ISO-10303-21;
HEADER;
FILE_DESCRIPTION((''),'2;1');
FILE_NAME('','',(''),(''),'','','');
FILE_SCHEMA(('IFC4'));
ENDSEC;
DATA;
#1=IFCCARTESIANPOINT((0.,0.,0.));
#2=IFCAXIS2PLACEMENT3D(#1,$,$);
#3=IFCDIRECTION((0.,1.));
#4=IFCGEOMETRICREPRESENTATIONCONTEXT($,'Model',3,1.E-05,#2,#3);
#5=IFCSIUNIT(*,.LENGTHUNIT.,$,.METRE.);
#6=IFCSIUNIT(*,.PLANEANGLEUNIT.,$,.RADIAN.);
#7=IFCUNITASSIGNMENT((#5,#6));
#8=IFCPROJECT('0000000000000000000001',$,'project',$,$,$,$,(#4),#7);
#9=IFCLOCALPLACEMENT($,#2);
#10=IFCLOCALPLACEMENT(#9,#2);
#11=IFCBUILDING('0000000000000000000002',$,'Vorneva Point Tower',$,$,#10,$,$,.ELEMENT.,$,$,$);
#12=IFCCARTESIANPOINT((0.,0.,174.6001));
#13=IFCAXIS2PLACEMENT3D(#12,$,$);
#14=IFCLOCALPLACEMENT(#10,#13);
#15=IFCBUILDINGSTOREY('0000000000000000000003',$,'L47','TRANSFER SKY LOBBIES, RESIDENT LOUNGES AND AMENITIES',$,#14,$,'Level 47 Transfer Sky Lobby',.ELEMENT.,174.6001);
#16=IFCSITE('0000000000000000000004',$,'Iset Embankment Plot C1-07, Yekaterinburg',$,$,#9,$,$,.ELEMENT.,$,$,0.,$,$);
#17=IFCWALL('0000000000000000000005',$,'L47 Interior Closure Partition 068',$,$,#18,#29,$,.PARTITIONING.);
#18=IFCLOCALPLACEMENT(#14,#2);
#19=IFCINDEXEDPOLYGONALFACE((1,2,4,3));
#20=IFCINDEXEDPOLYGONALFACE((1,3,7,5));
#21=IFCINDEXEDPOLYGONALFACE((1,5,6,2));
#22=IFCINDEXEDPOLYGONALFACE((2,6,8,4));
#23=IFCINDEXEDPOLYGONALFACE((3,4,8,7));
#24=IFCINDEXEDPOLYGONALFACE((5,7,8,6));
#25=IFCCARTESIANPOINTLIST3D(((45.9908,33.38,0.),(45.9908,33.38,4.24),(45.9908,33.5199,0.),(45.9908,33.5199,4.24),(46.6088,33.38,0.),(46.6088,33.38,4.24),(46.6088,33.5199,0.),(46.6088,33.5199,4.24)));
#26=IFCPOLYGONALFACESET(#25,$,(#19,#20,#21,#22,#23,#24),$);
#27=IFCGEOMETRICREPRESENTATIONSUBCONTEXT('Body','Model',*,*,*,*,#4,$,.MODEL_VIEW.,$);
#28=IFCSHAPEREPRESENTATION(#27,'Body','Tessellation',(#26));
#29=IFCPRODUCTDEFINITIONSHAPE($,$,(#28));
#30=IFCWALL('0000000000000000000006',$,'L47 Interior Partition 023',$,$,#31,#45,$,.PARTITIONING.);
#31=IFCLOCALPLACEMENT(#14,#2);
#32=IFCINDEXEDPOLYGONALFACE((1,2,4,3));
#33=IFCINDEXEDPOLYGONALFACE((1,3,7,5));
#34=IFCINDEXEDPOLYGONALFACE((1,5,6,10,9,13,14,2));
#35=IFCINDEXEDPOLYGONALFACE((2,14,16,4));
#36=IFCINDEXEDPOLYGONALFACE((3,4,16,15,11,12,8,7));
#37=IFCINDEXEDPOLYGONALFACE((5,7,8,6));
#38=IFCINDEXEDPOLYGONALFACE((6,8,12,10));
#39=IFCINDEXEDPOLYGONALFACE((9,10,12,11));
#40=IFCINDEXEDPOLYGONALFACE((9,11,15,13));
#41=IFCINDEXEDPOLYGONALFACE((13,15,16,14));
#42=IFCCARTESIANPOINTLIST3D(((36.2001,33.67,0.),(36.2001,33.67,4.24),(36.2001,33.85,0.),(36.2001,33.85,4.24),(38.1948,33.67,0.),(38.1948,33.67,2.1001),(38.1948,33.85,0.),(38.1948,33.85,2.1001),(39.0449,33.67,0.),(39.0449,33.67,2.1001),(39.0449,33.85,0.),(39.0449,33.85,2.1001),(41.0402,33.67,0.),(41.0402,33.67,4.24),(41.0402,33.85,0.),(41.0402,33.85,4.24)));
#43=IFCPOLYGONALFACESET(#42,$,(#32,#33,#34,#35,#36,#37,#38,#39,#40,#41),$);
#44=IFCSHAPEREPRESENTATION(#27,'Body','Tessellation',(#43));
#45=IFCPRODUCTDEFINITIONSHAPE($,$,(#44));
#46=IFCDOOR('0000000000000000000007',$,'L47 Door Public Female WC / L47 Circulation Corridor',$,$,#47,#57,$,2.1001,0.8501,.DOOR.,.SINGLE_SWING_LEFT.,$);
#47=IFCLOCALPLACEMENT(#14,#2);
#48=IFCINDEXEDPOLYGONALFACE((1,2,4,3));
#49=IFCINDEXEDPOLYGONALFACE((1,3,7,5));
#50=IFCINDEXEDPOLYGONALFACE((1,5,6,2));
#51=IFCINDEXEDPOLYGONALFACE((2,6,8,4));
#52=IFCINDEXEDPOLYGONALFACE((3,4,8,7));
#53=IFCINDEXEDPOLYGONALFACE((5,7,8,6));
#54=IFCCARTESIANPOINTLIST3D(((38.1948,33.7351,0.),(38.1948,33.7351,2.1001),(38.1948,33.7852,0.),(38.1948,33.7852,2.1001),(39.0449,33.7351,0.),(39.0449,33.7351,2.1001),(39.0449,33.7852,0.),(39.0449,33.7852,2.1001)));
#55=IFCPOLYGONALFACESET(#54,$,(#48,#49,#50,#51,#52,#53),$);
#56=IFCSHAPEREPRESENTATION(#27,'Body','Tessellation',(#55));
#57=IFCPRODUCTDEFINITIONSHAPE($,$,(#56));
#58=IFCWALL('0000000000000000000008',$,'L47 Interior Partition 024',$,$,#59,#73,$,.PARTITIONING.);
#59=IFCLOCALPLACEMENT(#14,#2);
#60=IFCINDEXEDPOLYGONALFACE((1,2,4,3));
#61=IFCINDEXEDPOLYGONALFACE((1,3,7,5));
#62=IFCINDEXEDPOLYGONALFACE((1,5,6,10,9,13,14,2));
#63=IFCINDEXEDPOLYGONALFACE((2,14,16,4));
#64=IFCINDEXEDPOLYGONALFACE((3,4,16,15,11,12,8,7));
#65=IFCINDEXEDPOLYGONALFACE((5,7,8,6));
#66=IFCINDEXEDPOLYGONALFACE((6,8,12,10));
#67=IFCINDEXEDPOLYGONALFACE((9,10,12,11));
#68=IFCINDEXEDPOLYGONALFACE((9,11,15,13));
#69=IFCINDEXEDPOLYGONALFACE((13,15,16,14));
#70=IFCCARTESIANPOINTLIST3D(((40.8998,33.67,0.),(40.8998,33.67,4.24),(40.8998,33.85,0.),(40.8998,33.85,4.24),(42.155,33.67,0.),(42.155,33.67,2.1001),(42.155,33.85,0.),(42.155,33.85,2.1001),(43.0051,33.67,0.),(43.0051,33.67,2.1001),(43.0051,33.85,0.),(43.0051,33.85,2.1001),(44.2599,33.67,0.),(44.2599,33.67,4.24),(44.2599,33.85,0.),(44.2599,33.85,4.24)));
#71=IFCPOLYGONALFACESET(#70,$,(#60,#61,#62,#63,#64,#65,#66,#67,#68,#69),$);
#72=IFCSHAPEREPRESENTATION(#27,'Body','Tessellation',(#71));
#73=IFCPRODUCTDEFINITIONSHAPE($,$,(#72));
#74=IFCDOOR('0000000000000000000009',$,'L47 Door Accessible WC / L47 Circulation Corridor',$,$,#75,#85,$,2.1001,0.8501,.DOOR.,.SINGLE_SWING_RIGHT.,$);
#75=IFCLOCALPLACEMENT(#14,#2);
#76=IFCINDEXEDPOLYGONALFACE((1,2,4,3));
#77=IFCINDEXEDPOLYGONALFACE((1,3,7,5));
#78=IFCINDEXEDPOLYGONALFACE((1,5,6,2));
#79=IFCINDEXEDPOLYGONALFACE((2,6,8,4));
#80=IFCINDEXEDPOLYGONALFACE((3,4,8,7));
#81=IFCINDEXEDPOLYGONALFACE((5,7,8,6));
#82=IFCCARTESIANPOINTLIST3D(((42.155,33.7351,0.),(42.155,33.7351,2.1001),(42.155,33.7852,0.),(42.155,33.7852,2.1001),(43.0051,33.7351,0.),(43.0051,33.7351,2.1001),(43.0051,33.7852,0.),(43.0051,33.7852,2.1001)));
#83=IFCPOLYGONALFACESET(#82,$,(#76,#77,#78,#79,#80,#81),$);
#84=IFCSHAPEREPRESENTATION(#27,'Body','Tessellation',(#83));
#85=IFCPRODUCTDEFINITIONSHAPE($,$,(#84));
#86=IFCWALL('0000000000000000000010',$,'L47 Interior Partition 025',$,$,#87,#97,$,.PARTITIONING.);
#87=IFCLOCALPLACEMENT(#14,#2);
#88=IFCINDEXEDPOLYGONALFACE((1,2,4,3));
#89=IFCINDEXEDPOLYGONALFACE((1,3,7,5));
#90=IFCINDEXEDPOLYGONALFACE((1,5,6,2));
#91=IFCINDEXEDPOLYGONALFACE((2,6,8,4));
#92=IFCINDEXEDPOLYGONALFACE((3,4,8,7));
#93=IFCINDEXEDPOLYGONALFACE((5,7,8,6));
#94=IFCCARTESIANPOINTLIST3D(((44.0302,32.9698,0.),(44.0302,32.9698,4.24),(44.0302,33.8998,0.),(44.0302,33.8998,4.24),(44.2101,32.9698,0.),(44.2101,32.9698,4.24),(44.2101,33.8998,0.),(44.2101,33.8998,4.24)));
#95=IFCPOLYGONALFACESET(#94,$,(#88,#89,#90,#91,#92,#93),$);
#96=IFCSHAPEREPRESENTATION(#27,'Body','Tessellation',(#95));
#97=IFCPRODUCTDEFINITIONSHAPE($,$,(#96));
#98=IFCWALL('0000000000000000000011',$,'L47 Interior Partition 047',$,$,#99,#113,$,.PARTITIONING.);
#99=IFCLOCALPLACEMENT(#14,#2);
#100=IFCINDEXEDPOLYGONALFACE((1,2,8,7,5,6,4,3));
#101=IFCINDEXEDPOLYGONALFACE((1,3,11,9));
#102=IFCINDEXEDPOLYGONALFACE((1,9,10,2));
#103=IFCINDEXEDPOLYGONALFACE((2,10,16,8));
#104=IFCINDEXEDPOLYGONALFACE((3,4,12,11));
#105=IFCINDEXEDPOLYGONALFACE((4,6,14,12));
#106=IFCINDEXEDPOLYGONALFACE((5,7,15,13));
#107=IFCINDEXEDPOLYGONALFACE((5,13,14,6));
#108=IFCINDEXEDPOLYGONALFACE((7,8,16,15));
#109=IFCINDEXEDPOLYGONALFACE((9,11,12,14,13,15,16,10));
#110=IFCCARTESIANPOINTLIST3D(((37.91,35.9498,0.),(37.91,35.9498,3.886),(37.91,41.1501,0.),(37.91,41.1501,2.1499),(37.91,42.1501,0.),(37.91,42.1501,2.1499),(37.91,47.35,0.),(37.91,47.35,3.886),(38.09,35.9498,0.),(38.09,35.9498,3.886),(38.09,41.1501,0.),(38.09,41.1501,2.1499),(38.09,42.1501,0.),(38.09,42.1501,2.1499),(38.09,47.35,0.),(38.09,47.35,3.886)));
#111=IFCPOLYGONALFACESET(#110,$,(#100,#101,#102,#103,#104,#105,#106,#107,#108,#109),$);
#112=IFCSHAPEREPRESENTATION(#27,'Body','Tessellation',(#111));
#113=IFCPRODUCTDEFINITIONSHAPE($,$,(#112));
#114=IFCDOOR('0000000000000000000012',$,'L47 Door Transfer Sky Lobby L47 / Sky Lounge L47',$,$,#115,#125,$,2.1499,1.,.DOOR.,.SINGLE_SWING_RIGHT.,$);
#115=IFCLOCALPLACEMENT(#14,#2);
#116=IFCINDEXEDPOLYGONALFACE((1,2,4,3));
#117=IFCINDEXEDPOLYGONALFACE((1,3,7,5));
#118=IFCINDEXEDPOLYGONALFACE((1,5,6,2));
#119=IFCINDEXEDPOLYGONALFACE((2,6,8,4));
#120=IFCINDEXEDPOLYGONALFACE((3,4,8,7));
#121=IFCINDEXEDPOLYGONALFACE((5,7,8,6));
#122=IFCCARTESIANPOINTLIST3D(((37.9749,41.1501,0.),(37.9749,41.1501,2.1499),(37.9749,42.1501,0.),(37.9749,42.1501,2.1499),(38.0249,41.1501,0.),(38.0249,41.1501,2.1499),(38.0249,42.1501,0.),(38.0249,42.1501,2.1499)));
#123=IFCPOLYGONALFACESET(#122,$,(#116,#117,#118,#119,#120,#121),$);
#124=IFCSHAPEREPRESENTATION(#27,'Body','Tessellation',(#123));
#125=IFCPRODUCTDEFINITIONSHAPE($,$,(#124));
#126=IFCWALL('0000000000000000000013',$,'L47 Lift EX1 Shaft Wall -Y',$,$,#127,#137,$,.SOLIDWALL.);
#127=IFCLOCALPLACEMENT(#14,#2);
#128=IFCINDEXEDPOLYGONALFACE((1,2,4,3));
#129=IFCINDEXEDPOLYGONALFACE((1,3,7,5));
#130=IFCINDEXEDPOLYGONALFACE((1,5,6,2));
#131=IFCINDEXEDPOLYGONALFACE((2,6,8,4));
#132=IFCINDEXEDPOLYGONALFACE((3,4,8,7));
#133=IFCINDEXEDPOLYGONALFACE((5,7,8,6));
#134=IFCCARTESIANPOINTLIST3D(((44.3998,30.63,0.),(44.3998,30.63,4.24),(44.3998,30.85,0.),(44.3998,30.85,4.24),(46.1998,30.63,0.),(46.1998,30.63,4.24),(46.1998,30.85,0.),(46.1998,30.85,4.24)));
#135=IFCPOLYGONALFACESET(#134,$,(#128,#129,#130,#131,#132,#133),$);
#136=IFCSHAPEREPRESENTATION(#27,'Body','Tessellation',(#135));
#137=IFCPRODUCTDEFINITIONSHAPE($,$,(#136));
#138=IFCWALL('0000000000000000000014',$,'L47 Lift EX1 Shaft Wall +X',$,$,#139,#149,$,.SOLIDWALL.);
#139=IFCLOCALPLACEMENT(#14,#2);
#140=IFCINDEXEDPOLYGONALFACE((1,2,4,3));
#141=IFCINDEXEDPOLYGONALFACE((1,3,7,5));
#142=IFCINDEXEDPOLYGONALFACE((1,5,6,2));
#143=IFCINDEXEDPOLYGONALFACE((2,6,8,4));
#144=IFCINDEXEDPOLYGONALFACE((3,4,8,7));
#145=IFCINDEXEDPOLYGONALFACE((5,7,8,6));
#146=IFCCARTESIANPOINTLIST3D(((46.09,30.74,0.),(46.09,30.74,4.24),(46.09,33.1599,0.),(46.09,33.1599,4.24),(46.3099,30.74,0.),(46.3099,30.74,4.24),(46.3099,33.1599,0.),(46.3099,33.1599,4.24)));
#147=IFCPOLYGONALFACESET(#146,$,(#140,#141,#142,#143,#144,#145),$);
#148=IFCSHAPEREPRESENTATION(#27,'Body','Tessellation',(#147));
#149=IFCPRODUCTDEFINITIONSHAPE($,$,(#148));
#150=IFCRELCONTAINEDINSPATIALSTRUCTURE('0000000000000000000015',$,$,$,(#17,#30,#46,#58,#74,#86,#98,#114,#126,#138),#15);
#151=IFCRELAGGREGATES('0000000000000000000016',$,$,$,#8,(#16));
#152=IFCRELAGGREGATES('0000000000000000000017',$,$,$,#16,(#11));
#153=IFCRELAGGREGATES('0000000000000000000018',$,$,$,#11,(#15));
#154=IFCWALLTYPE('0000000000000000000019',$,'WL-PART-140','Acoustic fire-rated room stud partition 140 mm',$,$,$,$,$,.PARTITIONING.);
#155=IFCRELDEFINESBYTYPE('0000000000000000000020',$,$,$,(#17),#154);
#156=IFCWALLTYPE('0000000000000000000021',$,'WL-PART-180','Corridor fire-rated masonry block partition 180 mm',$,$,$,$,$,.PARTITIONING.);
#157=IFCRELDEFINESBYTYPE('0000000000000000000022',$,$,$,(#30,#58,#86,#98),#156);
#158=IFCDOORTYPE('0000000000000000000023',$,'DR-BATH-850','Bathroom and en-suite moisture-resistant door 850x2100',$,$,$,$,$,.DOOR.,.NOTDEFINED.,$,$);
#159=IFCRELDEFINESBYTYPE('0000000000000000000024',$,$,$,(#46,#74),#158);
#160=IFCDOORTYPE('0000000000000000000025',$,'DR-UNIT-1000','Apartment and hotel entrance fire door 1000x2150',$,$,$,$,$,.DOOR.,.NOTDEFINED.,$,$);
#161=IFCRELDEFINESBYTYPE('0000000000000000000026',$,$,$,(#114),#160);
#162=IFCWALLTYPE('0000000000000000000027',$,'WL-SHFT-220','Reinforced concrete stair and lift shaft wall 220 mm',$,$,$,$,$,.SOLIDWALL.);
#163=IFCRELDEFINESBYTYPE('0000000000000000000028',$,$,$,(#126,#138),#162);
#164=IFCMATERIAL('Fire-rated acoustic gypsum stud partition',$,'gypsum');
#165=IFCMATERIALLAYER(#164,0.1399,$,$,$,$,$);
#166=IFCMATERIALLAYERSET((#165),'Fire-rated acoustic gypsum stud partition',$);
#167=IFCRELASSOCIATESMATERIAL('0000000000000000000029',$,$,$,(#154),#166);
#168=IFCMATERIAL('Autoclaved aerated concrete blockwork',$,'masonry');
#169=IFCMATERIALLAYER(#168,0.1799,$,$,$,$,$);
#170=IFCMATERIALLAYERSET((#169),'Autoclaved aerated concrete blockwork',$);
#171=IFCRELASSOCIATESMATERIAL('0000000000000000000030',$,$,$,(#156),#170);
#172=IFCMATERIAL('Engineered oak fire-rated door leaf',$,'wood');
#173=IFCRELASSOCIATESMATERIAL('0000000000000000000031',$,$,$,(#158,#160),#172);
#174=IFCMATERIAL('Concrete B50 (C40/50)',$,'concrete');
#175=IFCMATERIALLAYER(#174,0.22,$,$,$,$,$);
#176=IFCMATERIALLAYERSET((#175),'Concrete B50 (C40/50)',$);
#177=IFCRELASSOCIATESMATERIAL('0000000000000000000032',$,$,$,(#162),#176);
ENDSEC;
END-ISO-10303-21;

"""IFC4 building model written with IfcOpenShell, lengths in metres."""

from ifc_helpers import new_model, si_unit, direction, frame, frame_2d, origin, place, context, subcontext, project, spatial, rectangle, extrude, material, layer, layer_set, type_object, element, fill, save


model = new_model("IFC4")

# Units and contexts
model_context = context("Model", 3, precision=1e-05, world=origin(), true_north=direction((0.0, 1.0)))
body_context = subcontext(model_context, "Body", "Model", "MODEL_VIEW")
ifc_project = project(units=[si_unit("LENGTHUNIT", "METRE"), si_unit("PLANEANGLEUNIT", "RADIAN")], contexts=[model_context])

# Site, building, storey
site_placement = place(None, origin())
site = spatial("IfcSite", under=ifc_project, at=site_placement, Name="Iset Embankment Plot C1-07, Yekaterinburg", CompositionType="ELEMENT", RefElevation=0.0)
building_placement = place(site_placement, origin())
building = spatial("IfcBuilding", under=site, at=building_placement, Name="Vorneva Point Tower", CompositionType="ELEMENT")
storey_placement = place(building_placement, frame((0.0, 0.0, 174.6001)))
storey = spatial("IfcBuildingStorey", under=building, at=storey_placement, Name="L47", Description="TRANSFER SKY LOBBIES, RESIDENT LOUNGES AND AMENITIES", LongName="Level 47 Transfer Sky Lobby", CompositionType="ELEMENT", Elevation=174.6001)

# Wall
ifc_material_1 = material(Name="Fire-rated acoustic gypsum stud partition", Category="gypsum")
ifc_layer_1 = layer(ifc_material_1, 0.1399)
ifc_layer_set_1 = layer_set([ifc_layer_1], Name="Fire-rated acoustic gypsum stud partition")
wall_type_1 = type_object("IfcWallType", Name="WL-PART-140", Description="Acoustic fire-rated room stud partition 140 mm", PredefinedType="PARTITIONING", material=ifc_layer_set_1)
wall_1_placement = place(storey_placement, frame((46.6089, 33.45, 0.0), z_axis=(0.0, 0.0, 1.0), x_axis=(-1.0, 0.0, 0.0)))
element("IfcWall", 1, at=wall_1_placement, inside=storey, type_object=wall_type_1, Name="L47 Interior Closure Partition 068", PredefinedType="PARTITIONING", context=body_context, shape_type="SweptSolid", body=[
    extrude(rectangle(XDim=0.6179, YDim=0.1399, at=frame_2d((0.3091, 0.0))), origin(), (0.0, 0.0, 1.0), 4.24),
])

# Walls, openings, doors
ifc_material_2 = material(Name="Autoclaved aerated concrete blockwork", Category="masonry")
ifc_layer_2 = layer(ifc_material_2, 0.1799)
ifc_layer_set_2 = layer_set([ifc_layer_2], Name="Autoclaved aerated concrete blockwork")
wall_type_2 = type_object("IfcWallType", Name="WL-PART-180", Description="Corridor fire-rated masonry block partition 180 mm", PredefinedType="PARTITIONING", material=ifc_layer_set_2)
wall_2_placement = place(storey_placement, frame((41.04, 33.76, 0.0), z_axis=(0.0, 0.0, 1.0), x_axis=(-1.0, 0.0, 0.0)))
wall_2 = element("IfcWall", 2, at=wall_2_placement, inside=storey, type_object=wall_type_2, Name="L47 Interior Partition 023", PredefinedType="PARTITIONING", context=body_context, shape_type="SweptSolid", body=[
    extrude(rectangle(XDim=4.8401, YDim=0.1799, at=frame_2d((2.4199, 0.0))), origin(), (0.0, 0.0, 1.0), 4.24),
])
opening_1_placement = place(wall_2_placement, frame((1.9951, 0.0, 0.0)))
opening_1 = element("IfcOpeningElement", 3, at=opening_1_placement, cuts=wall_2, PredefinedType="OPENING", context=body_context, shape_type="SweptSolid", body=[
    extrude(rectangle(XDim=0.8501, YDim=2.1001, at=frame_2d((0.425, 1.05))), frame((0.0, 0.105, 0.0), z_axis=(0.0, -1.0, 0.0), x_axis=(1.0, 0.0, 0.0)), (0.0, 0.0, 1.0), 0.2097),
])
ifc_material_3 = material(Name="Engineered oak fire-rated door leaf", Category="wood")
door_type_1 = type_object("IfcDoorType", Name="DR-BATH-850", Description="Bathroom and en-suite moisture-resistant door 850x2100", OperationType="NOTDEFINED", PredefinedType="DOOR", material=ifc_material_3)
door_1_placement = place(opening_1_placement, origin())
door_1 = element("IfcDoor", 4, at=door_1_placement, inside=storey, type_object=door_type_1, Name="L47 Door Public Female WC / L47 Circulation Corridor", OperationType="SINGLE_SWING_LEFT", OverallHeight=2.1001, OverallWidth=0.8501, PredefinedType="DOOR", context=body_context, shape_type="SweptSolid", body=[
    extrude(rectangle(XDim=0.8501, YDim=2.1001, at=frame_2d((0.425, 1.05))), frame((0.0, 0.0249, 0.0), z_axis=(0.0, -1.0, 0.0), x_axis=(1.0, 0.0, 0.0)), (0.0, 0.0, 1.0), 0.05),
])
fill(opening_1, door_1)
wall_3_placement = place(storey_placement, frame((44.26, 33.76, 0.0), z_axis=(0.0, 0.0, 1.0), x_axis=(-1.0, 0.0, 0.0)))
wall_3 = element("IfcWall", 5, at=wall_3_placement, inside=storey, type_object=wall_type_2, Name="L47 Interior Partition 024", PredefinedType="PARTITIONING", context=body_context, shape_type="SweptSolid", body=[
    extrude(rectangle(XDim=3.3601, YDim=0.1799, at=frame_2d((1.6802, 0.0))), origin(), (0.0, 0.0, 1.0), 4.24),
])
opening_2_placement = place(wall_3_placement, frame((1.2549, 0.0, 0.0)))
opening_2 = element("IfcOpeningElement", 6, at=opening_2_placement, cuts=wall_3, PredefinedType="OPENING", context=body_context, shape_type="SweptSolid", body=[
    extrude(rectangle(XDim=0.8501, YDim=2.1001, at=frame_2d((0.425, 1.05))), frame((0.0, 0.105, 0.0), z_axis=(0.0, -1.0, 0.0), x_axis=(1.0, 0.0, 0.0)), (0.0, 0.0, 1.0), 0.2097),
])
door_2_placement = place(opening_2_placement, origin())
door_2 = element("IfcDoor", 7, at=door_2_placement, inside=storey, type_object=door_type_1, Name="L47 Door Accessible WC / L47 Circulation Corridor", OperationType="SINGLE_SWING_RIGHT", OverallHeight=2.1001, OverallWidth=0.8501, PredefinedType="DOOR", context=body_context, shape_type="SweptSolid", body=[
    extrude(rectangle(XDim=0.8501, YDim=2.1001, at=frame_2d((0.425, 1.05))), frame((0.0, 0.0249, 0.0), z_axis=(0.0, -1.0, 0.0), x_axis=(1.0, 0.0, 0.0)), (0.0, 0.0, 1.0), 0.05),
])
fill(opening_2, door_2)

# Wall
wall_4_placement = place(storey_placement, frame((44.1201, 32.97, 0.0), z_axis=(0.0, 0.0, 1.0), x_axis=(0.0, 1.0, 0.0)))
element("IfcWall", 8, at=wall_4_placement, inside=storey, type_object=wall_type_2, Name="L47 Interior Partition 025", PredefinedType="PARTITIONING", context=body_context, shape_type="SweptSolid", body=[
    extrude(rectangle(XDim=0.9299, YDim=0.1799, at=frame_2d((0.4648, 0.0))), origin(), (0.0, 0.0, 1.0), 4.24),
])

# Wall, opening, door
wall_5_placement = place(storey_placement, frame((38.0, 47.3501, 0.0), z_axis=(0.0, 0.0, 1.0), x_axis=(0.0, -1.0, 0.0)))
wall_5 = element("IfcWall", 9, at=wall_5_placement, inside=storey, type_object=wall_type_2, Name="L47 Interior Partition 047", PredefinedType="PARTITIONING", context=body_context, shape_type="SweptSolid", body=[
    extrude(rectangle(XDim=11.4001, YDim=0.1799, at=frame_2d((5.7002, 0.0))), origin(), (0.0, 0.0, 1.0), 3.886),
])
opening_3_placement = place(wall_5_placement, frame((5.2, 0.0, 0.0)))
opening_3 = element("IfcOpeningElement", 10, at=opening_3_placement, cuts=wall_5, PredefinedType="OPENING", context=body_context, shape_type="SweptSolid", body=[
    extrude(rectangle(XDim=1.0, YDim=2.1499, at=frame_2d((0.5, 1.075))), frame((0.0, 0.105, 0.0), z_axis=(0.0, -1.0, 0.0), x_axis=(1.0, 0.0, 0.0)), (0.0, 0.0, 1.0), 0.2097),
])
door_type_2 = type_object("IfcDoorType", Name="DR-UNIT-1000", Description="Apartment and hotel entrance fire door 1000x2150", OperationType="NOTDEFINED", PredefinedType="DOOR", material=ifc_material_3)
door_3_placement = place(opening_3_placement, origin())
door_3 = element("IfcDoor", 11, at=door_3_placement, inside=storey, type_object=door_type_2, Name="L47 Door Transfer Sky Lobby L47 / Sky Lounge L47", OperationType="SINGLE_SWING_RIGHT", OverallHeight=2.1499, OverallWidth=1.0, PredefinedType="DOOR", context=body_context, shape_type="SweptSolid", body=[
    extrude(rectangle(XDim=1.0, YDim=2.1499, at=frame_2d((0.5, 1.075))), frame((0.0, 0.0249, 0.0), z_axis=(0.0, -1.0, 0.0), x_axis=(1.0, 0.0, 0.0)), (0.0, 0.0, 1.0), 0.05),
])
fill(opening_3, door_3)

# Walls
ifc_material_4 = material(Name="Concrete B50 (C40/50)", Category="concrete")
ifc_layer_3 = layer(ifc_material_4, 0.22)
ifc_layer_set_3 = layer_set([ifc_layer_3], Name="Concrete B50 (C40/50)")
wall_type_3 = type_object("IfcWallType", Name="WL-SHFT-220", Description="Reinforced concrete stair and lift shaft wall 220 mm", PredefinedType="SOLIDWALL", material=ifc_layer_set_3)
wall_6_placement = place(storey_placement, frame((44.3999, 30.74, 0.0), z_axis=(0.0, 0.0, 1.0), x_axis=(1.0, 0.0, 0.0)))
element("IfcWall", 12, at=wall_6_placement, inside=storey, type_object=wall_type_3, Name="L47 Lift EX1 Shaft Wall -Y", PredefinedType="SOLIDWALL", context=body_context, shape_type="SweptSolid", body=[
    extrude(rectangle(XDim=1.8, YDim=0.22, at=frame_2d((0.8999, 0.0))), origin(), (0.0, 0.0, 1.0), 4.24),
])
wall_7_placement = place(storey_placement, frame((46.2, 30.74, 0.0), z_axis=(0.0, 0.0, 1.0), x_axis=(0.0, 1.0, 0.0)))
element("IfcWall", 13, at=wall_7_placement, inside=storey, type_object=wall_type_3, Name="L47 Lift EX1 Shaft Wall +X", PredefinedType="SOLIDWALL", context=body_context, shape_type="SweptSolid", body=[
    extrude(rectangle(XDim=2.4199, YDim=0.22, at=frame_2d((1.21, 0.0))), origin(), (0.0, 0.0, 1.0), 4.24),
])

save(model, "model.ifc")
